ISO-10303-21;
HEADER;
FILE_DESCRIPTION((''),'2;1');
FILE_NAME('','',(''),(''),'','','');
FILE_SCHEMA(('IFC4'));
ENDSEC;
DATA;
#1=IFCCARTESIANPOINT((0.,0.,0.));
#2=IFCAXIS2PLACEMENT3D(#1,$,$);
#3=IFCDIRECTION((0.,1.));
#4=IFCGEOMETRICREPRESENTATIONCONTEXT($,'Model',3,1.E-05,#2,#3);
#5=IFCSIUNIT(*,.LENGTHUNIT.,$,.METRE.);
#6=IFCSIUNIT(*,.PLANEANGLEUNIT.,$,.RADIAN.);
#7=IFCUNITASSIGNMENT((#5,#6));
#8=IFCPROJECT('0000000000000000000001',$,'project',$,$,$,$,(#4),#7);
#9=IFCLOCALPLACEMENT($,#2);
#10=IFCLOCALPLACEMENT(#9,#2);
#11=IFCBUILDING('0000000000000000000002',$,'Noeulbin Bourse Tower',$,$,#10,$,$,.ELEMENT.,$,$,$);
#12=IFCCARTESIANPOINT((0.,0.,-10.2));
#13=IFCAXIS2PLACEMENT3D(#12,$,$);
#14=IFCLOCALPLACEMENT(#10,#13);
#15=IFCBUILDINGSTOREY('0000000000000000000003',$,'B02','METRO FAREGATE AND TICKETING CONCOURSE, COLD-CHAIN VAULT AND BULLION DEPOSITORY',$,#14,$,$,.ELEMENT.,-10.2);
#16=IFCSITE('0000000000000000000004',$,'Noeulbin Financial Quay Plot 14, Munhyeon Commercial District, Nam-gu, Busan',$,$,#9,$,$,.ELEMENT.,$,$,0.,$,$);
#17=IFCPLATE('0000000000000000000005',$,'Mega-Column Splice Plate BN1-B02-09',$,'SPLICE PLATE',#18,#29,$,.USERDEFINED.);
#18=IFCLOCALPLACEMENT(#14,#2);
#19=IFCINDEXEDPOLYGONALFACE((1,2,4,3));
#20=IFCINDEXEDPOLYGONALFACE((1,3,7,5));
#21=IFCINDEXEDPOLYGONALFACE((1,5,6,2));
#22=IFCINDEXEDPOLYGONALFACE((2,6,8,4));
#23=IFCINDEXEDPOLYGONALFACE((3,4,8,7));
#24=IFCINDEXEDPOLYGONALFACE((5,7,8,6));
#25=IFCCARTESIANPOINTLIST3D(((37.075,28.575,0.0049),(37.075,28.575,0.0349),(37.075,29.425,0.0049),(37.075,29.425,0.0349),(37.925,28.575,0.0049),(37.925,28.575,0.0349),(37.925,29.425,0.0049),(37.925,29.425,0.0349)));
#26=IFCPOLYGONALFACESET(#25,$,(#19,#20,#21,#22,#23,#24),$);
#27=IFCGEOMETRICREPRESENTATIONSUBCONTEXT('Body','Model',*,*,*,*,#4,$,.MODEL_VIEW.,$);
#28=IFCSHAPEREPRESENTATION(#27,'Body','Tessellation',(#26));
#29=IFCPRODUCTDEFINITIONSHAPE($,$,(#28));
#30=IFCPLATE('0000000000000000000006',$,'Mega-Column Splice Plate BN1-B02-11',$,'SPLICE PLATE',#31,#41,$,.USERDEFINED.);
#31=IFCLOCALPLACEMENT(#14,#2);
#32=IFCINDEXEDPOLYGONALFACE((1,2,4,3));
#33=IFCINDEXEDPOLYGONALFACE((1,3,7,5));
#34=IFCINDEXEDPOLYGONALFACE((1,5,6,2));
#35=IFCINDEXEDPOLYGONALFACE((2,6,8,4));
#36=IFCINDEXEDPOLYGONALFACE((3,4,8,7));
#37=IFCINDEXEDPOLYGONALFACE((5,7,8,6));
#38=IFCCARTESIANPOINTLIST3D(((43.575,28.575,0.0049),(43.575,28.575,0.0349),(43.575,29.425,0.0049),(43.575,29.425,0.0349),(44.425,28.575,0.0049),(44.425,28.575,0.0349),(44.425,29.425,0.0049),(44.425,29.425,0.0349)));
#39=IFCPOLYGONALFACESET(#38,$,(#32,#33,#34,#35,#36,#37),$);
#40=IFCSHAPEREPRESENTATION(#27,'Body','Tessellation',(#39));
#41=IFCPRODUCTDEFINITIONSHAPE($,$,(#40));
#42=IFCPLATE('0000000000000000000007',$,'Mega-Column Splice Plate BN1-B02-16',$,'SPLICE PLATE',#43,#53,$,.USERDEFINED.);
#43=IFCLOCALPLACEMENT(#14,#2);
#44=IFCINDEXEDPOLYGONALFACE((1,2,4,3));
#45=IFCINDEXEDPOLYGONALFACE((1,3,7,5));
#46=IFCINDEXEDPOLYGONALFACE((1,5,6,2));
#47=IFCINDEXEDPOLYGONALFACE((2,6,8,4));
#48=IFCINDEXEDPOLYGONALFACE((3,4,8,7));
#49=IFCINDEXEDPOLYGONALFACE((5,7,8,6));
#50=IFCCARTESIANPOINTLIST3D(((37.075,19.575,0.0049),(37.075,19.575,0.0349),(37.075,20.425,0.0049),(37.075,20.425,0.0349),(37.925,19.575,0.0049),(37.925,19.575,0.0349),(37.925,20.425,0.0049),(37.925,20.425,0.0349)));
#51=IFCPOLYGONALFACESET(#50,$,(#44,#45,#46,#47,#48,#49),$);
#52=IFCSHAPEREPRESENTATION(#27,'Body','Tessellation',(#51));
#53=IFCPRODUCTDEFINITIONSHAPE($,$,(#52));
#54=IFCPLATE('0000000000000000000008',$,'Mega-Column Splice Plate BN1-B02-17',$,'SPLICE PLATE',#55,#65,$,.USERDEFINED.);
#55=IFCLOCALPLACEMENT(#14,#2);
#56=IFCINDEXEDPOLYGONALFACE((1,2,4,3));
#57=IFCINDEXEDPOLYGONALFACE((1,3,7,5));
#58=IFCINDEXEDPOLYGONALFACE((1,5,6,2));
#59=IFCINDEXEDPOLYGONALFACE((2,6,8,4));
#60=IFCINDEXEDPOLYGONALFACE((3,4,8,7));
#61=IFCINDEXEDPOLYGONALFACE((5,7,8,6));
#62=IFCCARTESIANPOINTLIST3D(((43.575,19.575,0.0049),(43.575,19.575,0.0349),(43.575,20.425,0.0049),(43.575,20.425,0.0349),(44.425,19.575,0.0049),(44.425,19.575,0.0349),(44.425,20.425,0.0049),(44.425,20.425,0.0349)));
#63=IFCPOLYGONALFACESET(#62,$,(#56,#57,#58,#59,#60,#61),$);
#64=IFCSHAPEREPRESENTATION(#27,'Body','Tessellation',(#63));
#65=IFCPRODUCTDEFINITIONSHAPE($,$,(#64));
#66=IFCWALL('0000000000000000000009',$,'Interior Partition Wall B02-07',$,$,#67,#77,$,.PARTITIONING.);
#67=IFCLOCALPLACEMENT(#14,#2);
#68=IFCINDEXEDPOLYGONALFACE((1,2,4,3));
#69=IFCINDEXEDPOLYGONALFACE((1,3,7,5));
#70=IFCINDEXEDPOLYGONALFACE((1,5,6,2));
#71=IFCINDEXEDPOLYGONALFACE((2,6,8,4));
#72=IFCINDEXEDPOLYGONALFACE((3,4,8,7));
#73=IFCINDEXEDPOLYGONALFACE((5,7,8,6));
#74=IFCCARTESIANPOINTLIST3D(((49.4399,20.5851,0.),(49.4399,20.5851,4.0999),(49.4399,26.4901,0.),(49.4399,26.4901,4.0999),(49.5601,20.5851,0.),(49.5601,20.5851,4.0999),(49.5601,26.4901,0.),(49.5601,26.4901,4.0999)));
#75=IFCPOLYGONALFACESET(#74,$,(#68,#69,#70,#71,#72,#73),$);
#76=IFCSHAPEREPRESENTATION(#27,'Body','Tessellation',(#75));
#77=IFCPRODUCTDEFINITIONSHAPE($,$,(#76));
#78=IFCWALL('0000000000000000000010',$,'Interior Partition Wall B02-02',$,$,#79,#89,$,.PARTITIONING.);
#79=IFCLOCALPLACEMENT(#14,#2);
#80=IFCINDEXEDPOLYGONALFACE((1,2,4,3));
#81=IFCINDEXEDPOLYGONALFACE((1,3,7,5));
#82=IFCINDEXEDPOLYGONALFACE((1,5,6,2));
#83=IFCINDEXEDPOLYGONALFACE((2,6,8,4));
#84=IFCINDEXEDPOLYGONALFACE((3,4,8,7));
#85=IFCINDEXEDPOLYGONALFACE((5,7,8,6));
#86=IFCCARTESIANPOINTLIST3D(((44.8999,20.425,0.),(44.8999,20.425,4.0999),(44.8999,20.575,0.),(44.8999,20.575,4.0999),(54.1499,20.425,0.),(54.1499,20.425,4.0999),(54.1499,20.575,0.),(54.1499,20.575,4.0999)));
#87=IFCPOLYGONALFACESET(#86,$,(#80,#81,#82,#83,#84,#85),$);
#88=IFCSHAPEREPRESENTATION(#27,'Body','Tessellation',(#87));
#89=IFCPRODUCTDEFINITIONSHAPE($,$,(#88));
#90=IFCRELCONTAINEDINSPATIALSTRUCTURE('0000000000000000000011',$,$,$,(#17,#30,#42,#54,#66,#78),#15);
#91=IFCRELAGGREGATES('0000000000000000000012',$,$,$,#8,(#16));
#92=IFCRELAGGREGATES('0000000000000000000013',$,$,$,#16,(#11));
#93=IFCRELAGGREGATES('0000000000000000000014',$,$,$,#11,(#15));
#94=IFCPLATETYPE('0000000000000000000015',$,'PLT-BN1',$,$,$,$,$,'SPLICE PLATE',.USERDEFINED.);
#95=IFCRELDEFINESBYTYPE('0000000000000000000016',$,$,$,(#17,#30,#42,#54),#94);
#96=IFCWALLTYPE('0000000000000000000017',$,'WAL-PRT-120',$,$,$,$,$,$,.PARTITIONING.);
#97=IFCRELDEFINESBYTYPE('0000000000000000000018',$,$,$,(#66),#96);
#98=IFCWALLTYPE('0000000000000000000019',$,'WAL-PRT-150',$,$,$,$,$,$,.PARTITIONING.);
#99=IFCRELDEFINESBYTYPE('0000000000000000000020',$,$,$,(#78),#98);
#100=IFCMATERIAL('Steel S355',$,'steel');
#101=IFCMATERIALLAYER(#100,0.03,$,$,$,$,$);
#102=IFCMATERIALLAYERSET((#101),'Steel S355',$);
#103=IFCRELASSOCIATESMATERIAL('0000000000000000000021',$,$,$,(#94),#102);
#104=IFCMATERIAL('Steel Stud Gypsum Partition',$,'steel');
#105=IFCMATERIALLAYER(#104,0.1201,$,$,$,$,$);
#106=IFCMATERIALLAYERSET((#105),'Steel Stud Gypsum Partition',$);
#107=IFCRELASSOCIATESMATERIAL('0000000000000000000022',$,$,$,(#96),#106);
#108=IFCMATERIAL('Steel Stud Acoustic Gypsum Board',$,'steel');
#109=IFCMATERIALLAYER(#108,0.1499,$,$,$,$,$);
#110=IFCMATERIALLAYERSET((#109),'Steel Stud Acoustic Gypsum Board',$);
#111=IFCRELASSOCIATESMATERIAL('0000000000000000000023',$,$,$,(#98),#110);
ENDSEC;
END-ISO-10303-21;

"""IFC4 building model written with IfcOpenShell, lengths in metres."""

from ifc_helpers import new_model, si_unit, direction, frame, frame_2d, origin, origin_2d, place, context, subcontext, project, spatial, rectangle, extrude, material, layer, layer_set, type_object, element, save


model = new_model("IFC4")

# Units and contexts
model_context = context("Model", 3, precision=1e-05, world=origin(), true_north=direction((0.0, 1.0)))
body_context = subcontext(model_context, "Body", "Model", "MODEL_VIEW")
ifc_project = project(units=[si_unit("LENGTHUNIT", "METRE"), si_unit("PLANEANGLEUNIT", "RADIAN")], contexts=[model_context])

# Site, building, storey
site_placement = place(None, origin())
site = spatial("IfcSite", under=ifc_project, at=site_placement, Name="Noeulbin Financial Quay Plot 14, Munhyeon Commercial District, Nam-gu, Busan", CompositionType="ELEMENT", RefElevation=0.0)
building_placement = place(site_placement, origin())
building = spatial("IfcBuilding", under=site, at=building_placement, Name="Noeulbin Bourse Tower", CompositionType="ELEMENT")
storey_placement = place(building_placement, frame((0.0, 0.0, -10.2)))
storey = spatial("IfcBuildingStorey", under=building, at=storey_placement, Name="B02", Description="METRO FAREGATE AND TICKETING CONCOURSE, COLD-CHAIN VAULT AND BULLION DEPOSITORY", CompositionType="ELEMENT", Elevation=-10.2)

# Shared definitions
ifc_material_1 = material(Name="Steel S355", Category="steel")

# Plates
ifc_layer_1 = layer(ifc_material_1, 0.03)
ifc_layer_set_1 = layer_set([ifc_layer_1], Name="Steel S355")
plate_type = type_object("IfcPlateType", Name="PLT-BN1", ElementType="SPLICE PLATE", PredefinedType="USERDEFINED", material=ifc_layer_set_1)
for number, where, z_axis, x_axis, name in (
    (1, (37.5, 29.0, 0.0049), (0.0, 0.0, 1.0), (1.0, 0.0, 0.0), "Mega-Column Splice Plate BN1-B02-09"),
    (2, (44.0, 29.0, 0.0049), (0.0, 0.0, 1.0), (1.0, 0.0, 0.0), "Mega-Column Splice Plate BN1-B02-11"),
    (3, (37.5, 20.0, 0.0049), (0.0, 0.0, 1.0), (1.0, 0.0, 0.0), "Mega-Column Splice Plate BN1-B02-16"),
    (4, (44.0, 20.0, 0.0049), (0.0, 0.0, 1.0), (1.0, 0.0, 0.0), "Mega-Column Splice Plate BN1-B02-17"),
):
    element("IfcPlate", number, at=place(storey_placement, frame(where, z_axis=z_axis, x_axis=x_axis)), inside=storey, type_object=plate_type, Name=name, ObjectType="SPLICE PLATE", PredefinedType="USERDEFINED", context=body_context, shape_type="SweptSolid", body=[
        extrude(rectangle(XDim=0.8501, YDim=0.8501, at=origin_2d()), origin(), (0.0, 0.0, 1.0), 0.03),
    ])

# Walls
ifc_material_2 = material(Name="Steel Stud Gypsum Partition", Category="steel")
ifc_layer_2 = layer(ifc_material_2, 0.1201)
ifc_layer_set_2 = layer_set([ifc_layer_2], Name="Steel Stud Gypsum Partition")
wall_type_1 = type_object("IfcWallType", Name="WAL-PRT-120", PredefinedType="PARTITIONING", material=ifc_layer_set_2)
wall_1_placement = place(storey_placement, frame((49.5, 20.585, 0.0), z_axis=(0.0, 0.0, 1.0), x_axis=(0.0, 1.0, 0.0)))
element("IfcWall", 5, at=wall_1_placement, inside=storey, type_object=wall_type_1, Name="Interior Partition Wall B02-07", PredefinedType="PARTITIONING", context=body_context, shape_type="SweptSolid", body=[
    extrude(rectangle(XDim=5.905, YDim=0.1201, at=frame_2d((2.9526, 0.0))), origin(), (0.0, 0.0, 1.0), 4.0999),
])
ifc_material_3 = material(Name="Steel Stud Acoustic Gypsum Board", Category="steel")
ifc_layer_3 = layer(ifc_material_3, 0.1499)
ifc_layer_set_3 = layer_set([ifc_layer_3], Name="Steel Stud Acoustic Gypsum Board")
wall_type_2 = type_object("IfcWallType", Name="WAL-PRT-150", PredefinedType="PARTITIONING", material=ifc_layer_set_3)
wall_2_placement = place(storey_placement, frame((44.8999, 20.5, 0.0), z_axis=(0.0, 0.0, 1.0), x_axis=(1.0, 0.0, 0.0)))
element("IfcWall", 6, at=wall_2_placement, inside=storey, type_object=wall_type_2, Name="Interior Partition Wall B02-02", PredefinedType="PARTITIONING", context=body_context, shape_type="SweptSolid", body=[
    extrude(rectangle(XDim=9.25, YDim=0.1499, at=frame_2d((4.625, 0.0))), origin(), (0.0, 0.0, 1.0), 4.0999),
])

save(model, "model.ifc")
